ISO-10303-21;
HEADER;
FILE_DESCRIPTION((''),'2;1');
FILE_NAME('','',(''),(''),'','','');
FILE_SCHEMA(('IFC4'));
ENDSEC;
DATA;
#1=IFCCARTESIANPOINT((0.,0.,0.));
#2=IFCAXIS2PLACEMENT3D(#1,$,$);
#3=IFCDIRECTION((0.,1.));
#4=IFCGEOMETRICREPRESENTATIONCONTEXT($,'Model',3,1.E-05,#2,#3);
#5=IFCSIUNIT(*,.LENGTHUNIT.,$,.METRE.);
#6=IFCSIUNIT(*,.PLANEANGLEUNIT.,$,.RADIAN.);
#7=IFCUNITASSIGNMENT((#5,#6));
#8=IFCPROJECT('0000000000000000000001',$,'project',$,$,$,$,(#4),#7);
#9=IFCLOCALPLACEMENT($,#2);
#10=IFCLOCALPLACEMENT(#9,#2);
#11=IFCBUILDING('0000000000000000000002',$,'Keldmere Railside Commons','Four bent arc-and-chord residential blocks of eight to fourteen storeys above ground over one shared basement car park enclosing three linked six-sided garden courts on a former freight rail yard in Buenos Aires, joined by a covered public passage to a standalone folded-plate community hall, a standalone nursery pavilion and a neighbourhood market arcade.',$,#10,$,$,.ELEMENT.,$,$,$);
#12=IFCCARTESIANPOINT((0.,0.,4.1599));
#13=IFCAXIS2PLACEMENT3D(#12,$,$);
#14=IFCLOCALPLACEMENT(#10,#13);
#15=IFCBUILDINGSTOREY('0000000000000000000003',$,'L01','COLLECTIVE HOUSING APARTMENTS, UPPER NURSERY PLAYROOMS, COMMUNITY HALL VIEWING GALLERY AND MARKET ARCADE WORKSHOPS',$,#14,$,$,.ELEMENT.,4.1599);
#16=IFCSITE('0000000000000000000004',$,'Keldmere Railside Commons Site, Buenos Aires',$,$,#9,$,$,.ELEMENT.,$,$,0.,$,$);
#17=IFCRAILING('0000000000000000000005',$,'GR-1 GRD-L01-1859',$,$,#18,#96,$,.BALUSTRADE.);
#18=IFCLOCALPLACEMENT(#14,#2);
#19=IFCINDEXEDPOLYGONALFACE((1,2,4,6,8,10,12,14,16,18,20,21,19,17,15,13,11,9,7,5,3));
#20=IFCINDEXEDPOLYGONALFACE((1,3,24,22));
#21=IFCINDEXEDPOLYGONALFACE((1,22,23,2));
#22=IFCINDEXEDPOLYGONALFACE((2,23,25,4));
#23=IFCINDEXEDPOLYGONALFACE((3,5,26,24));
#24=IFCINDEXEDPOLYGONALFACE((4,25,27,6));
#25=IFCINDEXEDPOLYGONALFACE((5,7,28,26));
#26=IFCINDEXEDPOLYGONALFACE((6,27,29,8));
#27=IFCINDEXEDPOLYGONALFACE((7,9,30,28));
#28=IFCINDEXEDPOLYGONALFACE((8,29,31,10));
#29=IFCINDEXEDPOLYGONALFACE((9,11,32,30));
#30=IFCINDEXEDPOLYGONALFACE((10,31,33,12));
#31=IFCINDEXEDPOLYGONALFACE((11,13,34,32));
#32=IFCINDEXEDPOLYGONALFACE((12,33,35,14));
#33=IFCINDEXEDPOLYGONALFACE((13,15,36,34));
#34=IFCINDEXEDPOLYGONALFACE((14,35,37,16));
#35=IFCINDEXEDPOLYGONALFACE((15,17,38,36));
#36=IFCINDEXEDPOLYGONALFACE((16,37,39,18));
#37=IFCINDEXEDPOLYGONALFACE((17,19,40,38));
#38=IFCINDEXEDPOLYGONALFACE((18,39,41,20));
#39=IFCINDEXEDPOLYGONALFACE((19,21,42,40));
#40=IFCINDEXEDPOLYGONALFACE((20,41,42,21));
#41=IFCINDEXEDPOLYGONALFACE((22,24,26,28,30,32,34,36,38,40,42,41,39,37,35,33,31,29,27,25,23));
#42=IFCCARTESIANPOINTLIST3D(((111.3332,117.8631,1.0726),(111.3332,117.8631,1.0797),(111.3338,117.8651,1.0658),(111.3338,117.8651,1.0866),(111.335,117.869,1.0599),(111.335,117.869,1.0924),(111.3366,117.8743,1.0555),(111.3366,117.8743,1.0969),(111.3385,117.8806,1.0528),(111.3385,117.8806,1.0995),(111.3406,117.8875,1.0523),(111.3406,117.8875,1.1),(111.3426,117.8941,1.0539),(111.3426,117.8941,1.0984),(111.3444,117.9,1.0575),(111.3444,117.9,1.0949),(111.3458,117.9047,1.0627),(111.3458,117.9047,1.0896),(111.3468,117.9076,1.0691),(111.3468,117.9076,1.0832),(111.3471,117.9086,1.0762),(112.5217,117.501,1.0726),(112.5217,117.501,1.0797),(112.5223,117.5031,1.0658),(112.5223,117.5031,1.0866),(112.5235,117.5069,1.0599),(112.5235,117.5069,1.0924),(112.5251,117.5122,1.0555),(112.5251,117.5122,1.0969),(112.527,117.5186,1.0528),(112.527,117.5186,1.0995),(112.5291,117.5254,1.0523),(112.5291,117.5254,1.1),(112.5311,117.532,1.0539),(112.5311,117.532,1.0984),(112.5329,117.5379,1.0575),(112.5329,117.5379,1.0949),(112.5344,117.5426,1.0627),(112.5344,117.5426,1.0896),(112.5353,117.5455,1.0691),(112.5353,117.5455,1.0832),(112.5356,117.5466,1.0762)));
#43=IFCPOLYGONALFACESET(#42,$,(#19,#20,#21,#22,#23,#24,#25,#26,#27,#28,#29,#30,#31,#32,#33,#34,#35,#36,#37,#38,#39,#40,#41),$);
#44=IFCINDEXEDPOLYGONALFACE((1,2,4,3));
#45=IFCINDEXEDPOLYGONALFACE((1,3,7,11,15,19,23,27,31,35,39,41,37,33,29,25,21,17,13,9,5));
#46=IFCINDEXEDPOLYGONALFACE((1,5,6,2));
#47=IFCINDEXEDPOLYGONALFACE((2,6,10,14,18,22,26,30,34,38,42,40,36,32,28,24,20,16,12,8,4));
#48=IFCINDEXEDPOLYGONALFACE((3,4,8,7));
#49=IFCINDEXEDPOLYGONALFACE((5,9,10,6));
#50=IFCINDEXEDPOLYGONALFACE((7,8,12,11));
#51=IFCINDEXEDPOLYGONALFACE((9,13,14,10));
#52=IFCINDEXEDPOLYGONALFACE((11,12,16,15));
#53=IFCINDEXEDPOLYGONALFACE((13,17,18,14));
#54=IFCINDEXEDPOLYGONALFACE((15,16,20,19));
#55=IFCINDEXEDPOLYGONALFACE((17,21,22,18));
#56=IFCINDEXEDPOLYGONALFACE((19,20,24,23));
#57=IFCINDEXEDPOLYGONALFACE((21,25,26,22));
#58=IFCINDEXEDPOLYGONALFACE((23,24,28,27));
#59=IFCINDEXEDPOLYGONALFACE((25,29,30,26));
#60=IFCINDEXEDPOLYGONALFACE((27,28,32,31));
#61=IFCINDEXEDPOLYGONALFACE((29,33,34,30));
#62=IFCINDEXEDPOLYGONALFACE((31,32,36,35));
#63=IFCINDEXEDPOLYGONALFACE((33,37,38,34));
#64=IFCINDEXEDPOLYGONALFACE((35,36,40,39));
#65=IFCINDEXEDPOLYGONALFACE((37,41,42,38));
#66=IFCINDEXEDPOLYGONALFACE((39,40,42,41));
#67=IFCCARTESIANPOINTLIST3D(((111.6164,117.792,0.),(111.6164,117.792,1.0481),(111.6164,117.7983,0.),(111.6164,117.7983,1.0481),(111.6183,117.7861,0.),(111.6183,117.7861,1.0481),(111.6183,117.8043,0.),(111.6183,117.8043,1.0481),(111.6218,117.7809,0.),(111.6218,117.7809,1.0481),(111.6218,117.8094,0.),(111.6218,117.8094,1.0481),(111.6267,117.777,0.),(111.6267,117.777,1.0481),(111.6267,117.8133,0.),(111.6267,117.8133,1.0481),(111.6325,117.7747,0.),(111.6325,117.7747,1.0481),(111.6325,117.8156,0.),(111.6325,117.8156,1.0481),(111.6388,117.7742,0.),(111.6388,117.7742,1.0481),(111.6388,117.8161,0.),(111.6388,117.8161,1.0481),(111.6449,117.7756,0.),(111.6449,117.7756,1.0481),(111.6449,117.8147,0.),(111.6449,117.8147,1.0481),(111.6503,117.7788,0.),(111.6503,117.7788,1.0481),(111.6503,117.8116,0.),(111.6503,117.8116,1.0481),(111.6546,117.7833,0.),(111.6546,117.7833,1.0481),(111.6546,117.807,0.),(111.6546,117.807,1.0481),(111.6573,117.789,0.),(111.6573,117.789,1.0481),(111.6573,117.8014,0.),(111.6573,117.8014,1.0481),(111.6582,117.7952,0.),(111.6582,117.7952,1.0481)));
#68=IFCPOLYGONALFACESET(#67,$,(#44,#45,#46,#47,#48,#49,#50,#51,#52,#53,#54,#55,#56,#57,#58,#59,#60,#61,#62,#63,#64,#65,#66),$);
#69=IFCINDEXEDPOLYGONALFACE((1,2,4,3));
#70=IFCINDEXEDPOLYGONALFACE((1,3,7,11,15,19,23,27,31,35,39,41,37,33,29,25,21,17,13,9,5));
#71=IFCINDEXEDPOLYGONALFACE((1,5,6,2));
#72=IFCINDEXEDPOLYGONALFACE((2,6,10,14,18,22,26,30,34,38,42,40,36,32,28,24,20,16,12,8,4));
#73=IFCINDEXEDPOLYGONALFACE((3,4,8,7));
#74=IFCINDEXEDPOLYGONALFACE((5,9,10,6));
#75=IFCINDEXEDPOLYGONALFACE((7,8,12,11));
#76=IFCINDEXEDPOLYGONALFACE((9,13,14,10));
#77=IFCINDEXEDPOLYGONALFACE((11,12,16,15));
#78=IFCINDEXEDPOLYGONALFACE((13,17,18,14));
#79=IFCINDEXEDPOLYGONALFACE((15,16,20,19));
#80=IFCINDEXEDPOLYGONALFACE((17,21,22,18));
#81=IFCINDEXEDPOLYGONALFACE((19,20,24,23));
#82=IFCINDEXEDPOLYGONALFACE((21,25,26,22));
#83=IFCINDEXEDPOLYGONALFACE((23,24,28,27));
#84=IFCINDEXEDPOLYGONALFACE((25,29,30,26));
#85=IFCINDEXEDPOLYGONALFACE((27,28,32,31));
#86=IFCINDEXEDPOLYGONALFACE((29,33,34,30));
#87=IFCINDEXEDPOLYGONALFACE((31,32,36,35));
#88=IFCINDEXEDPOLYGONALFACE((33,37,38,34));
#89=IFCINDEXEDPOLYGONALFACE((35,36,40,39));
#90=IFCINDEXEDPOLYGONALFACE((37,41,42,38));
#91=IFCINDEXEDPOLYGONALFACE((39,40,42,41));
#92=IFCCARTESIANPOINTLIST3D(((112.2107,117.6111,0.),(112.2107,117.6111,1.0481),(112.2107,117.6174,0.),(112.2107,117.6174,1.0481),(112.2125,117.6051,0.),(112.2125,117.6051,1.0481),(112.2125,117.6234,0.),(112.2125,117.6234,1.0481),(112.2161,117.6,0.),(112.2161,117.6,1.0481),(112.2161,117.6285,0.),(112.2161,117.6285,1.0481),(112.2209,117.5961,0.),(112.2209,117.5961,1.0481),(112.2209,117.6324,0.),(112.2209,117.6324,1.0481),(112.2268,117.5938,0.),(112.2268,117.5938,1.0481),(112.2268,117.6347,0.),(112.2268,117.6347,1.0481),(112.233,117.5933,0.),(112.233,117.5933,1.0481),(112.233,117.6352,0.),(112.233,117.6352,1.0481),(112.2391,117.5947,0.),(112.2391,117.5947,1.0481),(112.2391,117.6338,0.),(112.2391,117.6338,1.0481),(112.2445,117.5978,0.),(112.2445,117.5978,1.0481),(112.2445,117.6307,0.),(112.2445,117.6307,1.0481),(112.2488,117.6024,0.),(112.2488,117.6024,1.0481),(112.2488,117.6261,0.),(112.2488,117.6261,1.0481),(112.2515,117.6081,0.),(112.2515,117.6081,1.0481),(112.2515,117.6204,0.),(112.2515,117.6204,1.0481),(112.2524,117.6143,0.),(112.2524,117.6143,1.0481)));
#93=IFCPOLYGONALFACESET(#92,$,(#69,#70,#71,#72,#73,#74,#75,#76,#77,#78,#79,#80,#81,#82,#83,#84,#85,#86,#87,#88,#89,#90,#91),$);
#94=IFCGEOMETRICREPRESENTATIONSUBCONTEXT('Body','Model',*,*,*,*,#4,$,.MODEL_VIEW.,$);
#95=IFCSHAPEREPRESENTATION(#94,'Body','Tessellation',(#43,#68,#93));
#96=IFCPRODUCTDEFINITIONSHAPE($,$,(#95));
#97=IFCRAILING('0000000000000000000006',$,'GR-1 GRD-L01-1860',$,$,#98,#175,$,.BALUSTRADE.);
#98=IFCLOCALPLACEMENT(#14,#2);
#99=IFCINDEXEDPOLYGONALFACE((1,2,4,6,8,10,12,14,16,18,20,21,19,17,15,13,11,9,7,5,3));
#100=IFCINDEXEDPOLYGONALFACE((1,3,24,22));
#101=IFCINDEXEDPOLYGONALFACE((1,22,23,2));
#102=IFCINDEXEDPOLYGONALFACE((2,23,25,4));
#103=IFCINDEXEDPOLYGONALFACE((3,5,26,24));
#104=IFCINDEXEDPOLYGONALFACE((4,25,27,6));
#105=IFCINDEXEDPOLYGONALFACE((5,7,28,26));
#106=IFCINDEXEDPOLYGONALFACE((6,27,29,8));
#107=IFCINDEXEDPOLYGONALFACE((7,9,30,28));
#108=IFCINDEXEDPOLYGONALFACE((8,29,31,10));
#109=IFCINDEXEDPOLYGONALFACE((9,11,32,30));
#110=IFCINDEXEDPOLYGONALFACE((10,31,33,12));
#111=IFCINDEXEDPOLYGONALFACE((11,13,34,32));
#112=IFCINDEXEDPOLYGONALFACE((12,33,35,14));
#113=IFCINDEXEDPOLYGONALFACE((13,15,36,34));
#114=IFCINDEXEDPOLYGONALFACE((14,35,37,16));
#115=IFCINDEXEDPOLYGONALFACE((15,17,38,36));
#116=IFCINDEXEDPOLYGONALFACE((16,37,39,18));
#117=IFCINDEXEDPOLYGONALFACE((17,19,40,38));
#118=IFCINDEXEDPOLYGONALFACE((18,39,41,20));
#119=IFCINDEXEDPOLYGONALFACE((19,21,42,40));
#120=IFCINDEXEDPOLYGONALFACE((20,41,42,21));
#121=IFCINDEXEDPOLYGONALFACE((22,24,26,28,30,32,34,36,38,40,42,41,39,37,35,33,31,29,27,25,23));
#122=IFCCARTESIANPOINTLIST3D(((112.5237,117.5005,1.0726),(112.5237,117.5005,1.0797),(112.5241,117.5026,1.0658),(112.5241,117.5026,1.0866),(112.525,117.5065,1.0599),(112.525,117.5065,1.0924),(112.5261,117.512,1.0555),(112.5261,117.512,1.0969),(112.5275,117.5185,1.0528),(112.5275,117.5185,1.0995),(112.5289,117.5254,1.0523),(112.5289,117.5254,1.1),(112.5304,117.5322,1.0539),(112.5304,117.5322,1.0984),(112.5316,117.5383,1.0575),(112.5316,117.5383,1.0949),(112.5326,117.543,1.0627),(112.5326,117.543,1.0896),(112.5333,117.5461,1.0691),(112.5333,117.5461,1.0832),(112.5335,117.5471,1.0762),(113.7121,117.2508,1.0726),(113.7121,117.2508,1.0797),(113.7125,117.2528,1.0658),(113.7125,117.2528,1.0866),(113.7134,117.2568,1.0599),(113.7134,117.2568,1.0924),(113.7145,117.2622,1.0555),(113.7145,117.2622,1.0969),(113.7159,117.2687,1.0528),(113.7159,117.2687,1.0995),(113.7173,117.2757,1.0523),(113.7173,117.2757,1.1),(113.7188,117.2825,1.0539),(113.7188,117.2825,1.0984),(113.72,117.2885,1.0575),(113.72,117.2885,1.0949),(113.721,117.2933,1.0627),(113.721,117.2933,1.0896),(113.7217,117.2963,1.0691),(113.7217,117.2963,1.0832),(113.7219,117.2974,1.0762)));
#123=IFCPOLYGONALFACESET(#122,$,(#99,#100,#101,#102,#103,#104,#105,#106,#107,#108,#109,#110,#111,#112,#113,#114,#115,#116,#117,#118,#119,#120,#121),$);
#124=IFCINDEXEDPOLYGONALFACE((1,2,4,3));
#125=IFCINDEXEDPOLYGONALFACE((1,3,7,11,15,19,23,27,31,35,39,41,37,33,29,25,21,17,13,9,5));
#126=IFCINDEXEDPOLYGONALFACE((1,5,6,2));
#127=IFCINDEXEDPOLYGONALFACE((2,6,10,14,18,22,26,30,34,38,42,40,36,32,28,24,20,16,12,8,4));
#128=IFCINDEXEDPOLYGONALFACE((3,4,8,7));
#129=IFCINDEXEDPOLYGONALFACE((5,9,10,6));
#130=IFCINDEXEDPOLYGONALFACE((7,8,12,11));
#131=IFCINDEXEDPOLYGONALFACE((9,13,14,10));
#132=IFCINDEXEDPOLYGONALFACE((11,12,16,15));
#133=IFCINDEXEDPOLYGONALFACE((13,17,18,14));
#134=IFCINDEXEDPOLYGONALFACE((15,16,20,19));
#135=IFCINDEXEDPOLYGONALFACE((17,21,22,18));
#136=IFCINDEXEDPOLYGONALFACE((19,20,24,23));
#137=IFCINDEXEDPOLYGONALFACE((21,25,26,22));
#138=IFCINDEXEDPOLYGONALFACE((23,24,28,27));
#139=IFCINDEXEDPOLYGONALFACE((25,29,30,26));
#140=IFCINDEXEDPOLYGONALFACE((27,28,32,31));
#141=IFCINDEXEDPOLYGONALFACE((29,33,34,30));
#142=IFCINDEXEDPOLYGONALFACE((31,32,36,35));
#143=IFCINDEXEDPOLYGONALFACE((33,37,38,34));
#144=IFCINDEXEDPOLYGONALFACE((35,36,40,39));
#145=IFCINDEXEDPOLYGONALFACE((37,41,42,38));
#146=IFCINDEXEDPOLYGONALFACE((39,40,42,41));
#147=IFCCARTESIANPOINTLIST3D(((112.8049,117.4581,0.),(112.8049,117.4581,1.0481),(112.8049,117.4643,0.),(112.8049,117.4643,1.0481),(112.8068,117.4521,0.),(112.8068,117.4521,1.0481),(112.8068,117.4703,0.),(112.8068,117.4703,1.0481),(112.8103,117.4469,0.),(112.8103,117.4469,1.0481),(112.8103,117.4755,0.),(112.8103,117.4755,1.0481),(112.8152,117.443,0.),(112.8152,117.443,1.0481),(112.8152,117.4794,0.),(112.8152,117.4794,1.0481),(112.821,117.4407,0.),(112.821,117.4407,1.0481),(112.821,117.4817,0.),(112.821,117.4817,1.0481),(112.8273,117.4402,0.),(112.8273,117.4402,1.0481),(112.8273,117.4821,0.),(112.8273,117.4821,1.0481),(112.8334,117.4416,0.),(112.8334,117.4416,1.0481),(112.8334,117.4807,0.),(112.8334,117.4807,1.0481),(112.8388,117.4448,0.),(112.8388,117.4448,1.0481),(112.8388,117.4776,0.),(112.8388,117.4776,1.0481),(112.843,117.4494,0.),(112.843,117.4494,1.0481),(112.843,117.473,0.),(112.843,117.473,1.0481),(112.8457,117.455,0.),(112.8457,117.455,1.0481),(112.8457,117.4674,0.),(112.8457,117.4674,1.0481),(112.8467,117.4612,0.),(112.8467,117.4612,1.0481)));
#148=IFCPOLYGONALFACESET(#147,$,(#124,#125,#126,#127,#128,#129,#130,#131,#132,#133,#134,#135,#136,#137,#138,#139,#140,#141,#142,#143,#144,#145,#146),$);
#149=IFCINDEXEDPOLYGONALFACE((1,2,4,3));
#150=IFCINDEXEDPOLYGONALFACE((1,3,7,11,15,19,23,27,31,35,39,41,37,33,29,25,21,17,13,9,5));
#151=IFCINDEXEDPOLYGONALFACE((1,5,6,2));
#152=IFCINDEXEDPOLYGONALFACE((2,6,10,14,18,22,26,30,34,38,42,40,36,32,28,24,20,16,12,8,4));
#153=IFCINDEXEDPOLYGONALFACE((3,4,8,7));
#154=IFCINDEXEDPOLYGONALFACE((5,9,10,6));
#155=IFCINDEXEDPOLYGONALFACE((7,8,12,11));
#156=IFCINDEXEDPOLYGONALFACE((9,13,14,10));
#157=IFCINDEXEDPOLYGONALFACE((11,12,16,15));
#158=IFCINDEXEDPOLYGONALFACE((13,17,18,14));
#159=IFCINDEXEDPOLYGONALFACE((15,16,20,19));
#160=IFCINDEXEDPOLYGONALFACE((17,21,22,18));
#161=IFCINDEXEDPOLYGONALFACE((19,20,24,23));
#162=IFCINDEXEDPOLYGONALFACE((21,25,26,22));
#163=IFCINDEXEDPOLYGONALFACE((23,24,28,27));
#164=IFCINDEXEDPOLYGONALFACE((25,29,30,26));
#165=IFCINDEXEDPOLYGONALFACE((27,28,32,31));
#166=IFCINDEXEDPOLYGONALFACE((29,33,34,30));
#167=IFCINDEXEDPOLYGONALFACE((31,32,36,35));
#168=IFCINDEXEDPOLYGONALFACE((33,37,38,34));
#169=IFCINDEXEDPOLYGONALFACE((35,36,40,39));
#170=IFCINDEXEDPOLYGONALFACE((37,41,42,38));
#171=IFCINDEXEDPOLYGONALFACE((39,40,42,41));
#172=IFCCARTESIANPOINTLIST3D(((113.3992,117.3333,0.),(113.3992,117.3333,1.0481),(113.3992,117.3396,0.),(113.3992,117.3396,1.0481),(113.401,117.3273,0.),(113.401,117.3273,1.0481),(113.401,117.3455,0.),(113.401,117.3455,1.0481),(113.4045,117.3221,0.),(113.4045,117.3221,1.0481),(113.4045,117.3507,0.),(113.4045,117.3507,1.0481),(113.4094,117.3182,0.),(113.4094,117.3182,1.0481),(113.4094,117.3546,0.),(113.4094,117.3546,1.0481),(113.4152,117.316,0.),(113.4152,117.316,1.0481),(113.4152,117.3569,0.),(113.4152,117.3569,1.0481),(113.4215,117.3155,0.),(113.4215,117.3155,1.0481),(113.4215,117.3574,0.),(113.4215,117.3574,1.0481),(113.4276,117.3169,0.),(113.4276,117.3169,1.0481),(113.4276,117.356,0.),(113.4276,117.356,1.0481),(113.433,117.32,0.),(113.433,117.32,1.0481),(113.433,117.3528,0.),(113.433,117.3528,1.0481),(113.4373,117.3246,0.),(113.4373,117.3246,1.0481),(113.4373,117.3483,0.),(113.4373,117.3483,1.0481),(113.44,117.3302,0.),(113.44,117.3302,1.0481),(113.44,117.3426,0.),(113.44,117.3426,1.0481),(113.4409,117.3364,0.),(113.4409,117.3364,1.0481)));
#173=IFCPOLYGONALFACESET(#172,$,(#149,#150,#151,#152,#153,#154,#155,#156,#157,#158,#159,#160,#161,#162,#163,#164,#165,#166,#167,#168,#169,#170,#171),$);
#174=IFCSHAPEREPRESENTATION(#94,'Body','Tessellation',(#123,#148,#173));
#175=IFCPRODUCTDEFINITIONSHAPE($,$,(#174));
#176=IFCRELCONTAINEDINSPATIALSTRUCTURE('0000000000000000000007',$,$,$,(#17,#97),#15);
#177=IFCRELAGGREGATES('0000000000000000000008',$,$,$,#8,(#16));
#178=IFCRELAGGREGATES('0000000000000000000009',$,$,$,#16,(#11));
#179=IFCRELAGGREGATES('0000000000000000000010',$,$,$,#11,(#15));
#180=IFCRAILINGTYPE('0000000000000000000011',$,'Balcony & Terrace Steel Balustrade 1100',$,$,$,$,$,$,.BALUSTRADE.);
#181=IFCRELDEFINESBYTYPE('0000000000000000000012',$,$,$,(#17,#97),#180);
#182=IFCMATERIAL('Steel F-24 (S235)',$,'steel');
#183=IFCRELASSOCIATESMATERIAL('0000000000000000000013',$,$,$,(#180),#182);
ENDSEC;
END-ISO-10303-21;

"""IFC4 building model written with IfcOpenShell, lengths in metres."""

from ifc_helpers import new_model, si_unit, direction, frame, origin, origin_2d, place, context, subcontext, project, spatial, circle, extrude, material, type_object, element, save


model = new_model("IFC4")

# Units and contexts
model_context = context("Model", 3, precision=1e-05, world=origin(), true_north=direction((0.0, 1.0)))
body_context = subcontext(model_context, "Body", "Model", "MODEL_VIEW")
ifc_project = project(units=[si_unit("LENGTHUNIT", "METRE"), si_unit("PLANEANGLEUNIT", "RADIAN")], contexts=[model_context])

# Site, building, storey
site_placement = place(None, origin())
site = spatial("IfcSite", under=ifc_project, at=site_placement, Name="Keldmere Railside Commons Site, Buenos Aires", CompositionType="ELEMENT", RefElevation=0.0)
building_placement = place(site_placement, origin())
building = spatial("IfcBuilding", under=site, at=building_placement, Name="Keldmere Railside Commons", Description="Four bent arc-and-chord residential blocks of eight to fourteen storeys above ground over one shared basement car park enclosing three linked six-sided garden courts on a former freight rail yard in Buenos Aires, joined by a covered public passage to a standalone folded-plate community hall, a standalone nursery pavilion and a neighbourhood market arcade.", CompositionType="ELEMENT")
storey_placement = place(building_placement, frame((0.0, 0.0, 4.1599)))
storey = spatial("IfcBuildingStorey", under=building, at=storey_placement, Name="L01", Description="COLLECTIVE HOUSING APARTMENTS, UPPER NURSERY PLAYROOMS, COMMUNITY HALL VIEWING GALLERY AND MARKET ARCADE WORKSHOPS", CompositionType="ELEMENT", Elevation=4.1599)

# Railings
ifc_material_1 = material(Name="Steel F-24 (S235)", Category="steel")
railing_type = type_object("IfcRailingType", Name="Balcony & Terrace Steel Balustrade 1100", PredefinedType="BALUSTRADE", material=ifc_material_1)
railing_1_placement = place(storey_placement, frame((111.3401, 117.8857, 0.0)))
element("IfcRailing", 1, at=railing_1_placement, inside=storey, type_object=railing_type, Name="GR-1 GRD-L01-1859", PredefinedType="BALUSTRADE", context=body_context, shape_type="SweptSolid", body=[
    extrude(circle(Radius=0.0239, at=origin_2d()), frame((0.0, 0.0, 1.0762), z_axis=(0.956595, -0.29142, 0.0), x_axis=(0.29142, 0.956595, 0.0)), (0.0, 0.0, 1.0), 1.2424),
    extrude(circle(Radius=0.021, at=origin_2d()), frame((0.2971, -0.0906, 0.0)), (0.0, 0.0, 1.0), 1.0481),
    extrude(circle(Radius=0.021, at=origin_2d()), frame((0.8914, -0.2715, 0.0)), (0.0, 0.0, 1.0), 1.0481),
])
railing_2_placement = place(storey_placement, frame((112.5286, 117.5237, 0.0)))
element("IfcRailing", 2, at=railing_2_placement, inside=storey, type_object=railing_type, Name="GR-1 GRD-L01-1860", PredefinedType="BALUSTRADE", context=body_context, shape_type="SweptSolid", body=[
    extrude(circle(Radius=0.0239, at=origin_2d()), frame((0.0, 0.0, 1.0762), z_axis=(0.978624, -0.205656, 0.0), x_axis=(0.205656, 0.978624, 0.0)), (0.0, 0.0, 1.0), 1.2144),
    extrude(circle(Radius=0.021, at=origin_2d()), frame((0.2971, -0.0625, 0.0)), (0.0, 0.0, 1.0), 1.0481),
    extrude(circle(Radius=0.021, at=origin_2d()), frame((0.8914, -0.1873, 0.0)), (0.0, 0.0, 1.0), 1.0481),
])

save(model, "model.ifc")
